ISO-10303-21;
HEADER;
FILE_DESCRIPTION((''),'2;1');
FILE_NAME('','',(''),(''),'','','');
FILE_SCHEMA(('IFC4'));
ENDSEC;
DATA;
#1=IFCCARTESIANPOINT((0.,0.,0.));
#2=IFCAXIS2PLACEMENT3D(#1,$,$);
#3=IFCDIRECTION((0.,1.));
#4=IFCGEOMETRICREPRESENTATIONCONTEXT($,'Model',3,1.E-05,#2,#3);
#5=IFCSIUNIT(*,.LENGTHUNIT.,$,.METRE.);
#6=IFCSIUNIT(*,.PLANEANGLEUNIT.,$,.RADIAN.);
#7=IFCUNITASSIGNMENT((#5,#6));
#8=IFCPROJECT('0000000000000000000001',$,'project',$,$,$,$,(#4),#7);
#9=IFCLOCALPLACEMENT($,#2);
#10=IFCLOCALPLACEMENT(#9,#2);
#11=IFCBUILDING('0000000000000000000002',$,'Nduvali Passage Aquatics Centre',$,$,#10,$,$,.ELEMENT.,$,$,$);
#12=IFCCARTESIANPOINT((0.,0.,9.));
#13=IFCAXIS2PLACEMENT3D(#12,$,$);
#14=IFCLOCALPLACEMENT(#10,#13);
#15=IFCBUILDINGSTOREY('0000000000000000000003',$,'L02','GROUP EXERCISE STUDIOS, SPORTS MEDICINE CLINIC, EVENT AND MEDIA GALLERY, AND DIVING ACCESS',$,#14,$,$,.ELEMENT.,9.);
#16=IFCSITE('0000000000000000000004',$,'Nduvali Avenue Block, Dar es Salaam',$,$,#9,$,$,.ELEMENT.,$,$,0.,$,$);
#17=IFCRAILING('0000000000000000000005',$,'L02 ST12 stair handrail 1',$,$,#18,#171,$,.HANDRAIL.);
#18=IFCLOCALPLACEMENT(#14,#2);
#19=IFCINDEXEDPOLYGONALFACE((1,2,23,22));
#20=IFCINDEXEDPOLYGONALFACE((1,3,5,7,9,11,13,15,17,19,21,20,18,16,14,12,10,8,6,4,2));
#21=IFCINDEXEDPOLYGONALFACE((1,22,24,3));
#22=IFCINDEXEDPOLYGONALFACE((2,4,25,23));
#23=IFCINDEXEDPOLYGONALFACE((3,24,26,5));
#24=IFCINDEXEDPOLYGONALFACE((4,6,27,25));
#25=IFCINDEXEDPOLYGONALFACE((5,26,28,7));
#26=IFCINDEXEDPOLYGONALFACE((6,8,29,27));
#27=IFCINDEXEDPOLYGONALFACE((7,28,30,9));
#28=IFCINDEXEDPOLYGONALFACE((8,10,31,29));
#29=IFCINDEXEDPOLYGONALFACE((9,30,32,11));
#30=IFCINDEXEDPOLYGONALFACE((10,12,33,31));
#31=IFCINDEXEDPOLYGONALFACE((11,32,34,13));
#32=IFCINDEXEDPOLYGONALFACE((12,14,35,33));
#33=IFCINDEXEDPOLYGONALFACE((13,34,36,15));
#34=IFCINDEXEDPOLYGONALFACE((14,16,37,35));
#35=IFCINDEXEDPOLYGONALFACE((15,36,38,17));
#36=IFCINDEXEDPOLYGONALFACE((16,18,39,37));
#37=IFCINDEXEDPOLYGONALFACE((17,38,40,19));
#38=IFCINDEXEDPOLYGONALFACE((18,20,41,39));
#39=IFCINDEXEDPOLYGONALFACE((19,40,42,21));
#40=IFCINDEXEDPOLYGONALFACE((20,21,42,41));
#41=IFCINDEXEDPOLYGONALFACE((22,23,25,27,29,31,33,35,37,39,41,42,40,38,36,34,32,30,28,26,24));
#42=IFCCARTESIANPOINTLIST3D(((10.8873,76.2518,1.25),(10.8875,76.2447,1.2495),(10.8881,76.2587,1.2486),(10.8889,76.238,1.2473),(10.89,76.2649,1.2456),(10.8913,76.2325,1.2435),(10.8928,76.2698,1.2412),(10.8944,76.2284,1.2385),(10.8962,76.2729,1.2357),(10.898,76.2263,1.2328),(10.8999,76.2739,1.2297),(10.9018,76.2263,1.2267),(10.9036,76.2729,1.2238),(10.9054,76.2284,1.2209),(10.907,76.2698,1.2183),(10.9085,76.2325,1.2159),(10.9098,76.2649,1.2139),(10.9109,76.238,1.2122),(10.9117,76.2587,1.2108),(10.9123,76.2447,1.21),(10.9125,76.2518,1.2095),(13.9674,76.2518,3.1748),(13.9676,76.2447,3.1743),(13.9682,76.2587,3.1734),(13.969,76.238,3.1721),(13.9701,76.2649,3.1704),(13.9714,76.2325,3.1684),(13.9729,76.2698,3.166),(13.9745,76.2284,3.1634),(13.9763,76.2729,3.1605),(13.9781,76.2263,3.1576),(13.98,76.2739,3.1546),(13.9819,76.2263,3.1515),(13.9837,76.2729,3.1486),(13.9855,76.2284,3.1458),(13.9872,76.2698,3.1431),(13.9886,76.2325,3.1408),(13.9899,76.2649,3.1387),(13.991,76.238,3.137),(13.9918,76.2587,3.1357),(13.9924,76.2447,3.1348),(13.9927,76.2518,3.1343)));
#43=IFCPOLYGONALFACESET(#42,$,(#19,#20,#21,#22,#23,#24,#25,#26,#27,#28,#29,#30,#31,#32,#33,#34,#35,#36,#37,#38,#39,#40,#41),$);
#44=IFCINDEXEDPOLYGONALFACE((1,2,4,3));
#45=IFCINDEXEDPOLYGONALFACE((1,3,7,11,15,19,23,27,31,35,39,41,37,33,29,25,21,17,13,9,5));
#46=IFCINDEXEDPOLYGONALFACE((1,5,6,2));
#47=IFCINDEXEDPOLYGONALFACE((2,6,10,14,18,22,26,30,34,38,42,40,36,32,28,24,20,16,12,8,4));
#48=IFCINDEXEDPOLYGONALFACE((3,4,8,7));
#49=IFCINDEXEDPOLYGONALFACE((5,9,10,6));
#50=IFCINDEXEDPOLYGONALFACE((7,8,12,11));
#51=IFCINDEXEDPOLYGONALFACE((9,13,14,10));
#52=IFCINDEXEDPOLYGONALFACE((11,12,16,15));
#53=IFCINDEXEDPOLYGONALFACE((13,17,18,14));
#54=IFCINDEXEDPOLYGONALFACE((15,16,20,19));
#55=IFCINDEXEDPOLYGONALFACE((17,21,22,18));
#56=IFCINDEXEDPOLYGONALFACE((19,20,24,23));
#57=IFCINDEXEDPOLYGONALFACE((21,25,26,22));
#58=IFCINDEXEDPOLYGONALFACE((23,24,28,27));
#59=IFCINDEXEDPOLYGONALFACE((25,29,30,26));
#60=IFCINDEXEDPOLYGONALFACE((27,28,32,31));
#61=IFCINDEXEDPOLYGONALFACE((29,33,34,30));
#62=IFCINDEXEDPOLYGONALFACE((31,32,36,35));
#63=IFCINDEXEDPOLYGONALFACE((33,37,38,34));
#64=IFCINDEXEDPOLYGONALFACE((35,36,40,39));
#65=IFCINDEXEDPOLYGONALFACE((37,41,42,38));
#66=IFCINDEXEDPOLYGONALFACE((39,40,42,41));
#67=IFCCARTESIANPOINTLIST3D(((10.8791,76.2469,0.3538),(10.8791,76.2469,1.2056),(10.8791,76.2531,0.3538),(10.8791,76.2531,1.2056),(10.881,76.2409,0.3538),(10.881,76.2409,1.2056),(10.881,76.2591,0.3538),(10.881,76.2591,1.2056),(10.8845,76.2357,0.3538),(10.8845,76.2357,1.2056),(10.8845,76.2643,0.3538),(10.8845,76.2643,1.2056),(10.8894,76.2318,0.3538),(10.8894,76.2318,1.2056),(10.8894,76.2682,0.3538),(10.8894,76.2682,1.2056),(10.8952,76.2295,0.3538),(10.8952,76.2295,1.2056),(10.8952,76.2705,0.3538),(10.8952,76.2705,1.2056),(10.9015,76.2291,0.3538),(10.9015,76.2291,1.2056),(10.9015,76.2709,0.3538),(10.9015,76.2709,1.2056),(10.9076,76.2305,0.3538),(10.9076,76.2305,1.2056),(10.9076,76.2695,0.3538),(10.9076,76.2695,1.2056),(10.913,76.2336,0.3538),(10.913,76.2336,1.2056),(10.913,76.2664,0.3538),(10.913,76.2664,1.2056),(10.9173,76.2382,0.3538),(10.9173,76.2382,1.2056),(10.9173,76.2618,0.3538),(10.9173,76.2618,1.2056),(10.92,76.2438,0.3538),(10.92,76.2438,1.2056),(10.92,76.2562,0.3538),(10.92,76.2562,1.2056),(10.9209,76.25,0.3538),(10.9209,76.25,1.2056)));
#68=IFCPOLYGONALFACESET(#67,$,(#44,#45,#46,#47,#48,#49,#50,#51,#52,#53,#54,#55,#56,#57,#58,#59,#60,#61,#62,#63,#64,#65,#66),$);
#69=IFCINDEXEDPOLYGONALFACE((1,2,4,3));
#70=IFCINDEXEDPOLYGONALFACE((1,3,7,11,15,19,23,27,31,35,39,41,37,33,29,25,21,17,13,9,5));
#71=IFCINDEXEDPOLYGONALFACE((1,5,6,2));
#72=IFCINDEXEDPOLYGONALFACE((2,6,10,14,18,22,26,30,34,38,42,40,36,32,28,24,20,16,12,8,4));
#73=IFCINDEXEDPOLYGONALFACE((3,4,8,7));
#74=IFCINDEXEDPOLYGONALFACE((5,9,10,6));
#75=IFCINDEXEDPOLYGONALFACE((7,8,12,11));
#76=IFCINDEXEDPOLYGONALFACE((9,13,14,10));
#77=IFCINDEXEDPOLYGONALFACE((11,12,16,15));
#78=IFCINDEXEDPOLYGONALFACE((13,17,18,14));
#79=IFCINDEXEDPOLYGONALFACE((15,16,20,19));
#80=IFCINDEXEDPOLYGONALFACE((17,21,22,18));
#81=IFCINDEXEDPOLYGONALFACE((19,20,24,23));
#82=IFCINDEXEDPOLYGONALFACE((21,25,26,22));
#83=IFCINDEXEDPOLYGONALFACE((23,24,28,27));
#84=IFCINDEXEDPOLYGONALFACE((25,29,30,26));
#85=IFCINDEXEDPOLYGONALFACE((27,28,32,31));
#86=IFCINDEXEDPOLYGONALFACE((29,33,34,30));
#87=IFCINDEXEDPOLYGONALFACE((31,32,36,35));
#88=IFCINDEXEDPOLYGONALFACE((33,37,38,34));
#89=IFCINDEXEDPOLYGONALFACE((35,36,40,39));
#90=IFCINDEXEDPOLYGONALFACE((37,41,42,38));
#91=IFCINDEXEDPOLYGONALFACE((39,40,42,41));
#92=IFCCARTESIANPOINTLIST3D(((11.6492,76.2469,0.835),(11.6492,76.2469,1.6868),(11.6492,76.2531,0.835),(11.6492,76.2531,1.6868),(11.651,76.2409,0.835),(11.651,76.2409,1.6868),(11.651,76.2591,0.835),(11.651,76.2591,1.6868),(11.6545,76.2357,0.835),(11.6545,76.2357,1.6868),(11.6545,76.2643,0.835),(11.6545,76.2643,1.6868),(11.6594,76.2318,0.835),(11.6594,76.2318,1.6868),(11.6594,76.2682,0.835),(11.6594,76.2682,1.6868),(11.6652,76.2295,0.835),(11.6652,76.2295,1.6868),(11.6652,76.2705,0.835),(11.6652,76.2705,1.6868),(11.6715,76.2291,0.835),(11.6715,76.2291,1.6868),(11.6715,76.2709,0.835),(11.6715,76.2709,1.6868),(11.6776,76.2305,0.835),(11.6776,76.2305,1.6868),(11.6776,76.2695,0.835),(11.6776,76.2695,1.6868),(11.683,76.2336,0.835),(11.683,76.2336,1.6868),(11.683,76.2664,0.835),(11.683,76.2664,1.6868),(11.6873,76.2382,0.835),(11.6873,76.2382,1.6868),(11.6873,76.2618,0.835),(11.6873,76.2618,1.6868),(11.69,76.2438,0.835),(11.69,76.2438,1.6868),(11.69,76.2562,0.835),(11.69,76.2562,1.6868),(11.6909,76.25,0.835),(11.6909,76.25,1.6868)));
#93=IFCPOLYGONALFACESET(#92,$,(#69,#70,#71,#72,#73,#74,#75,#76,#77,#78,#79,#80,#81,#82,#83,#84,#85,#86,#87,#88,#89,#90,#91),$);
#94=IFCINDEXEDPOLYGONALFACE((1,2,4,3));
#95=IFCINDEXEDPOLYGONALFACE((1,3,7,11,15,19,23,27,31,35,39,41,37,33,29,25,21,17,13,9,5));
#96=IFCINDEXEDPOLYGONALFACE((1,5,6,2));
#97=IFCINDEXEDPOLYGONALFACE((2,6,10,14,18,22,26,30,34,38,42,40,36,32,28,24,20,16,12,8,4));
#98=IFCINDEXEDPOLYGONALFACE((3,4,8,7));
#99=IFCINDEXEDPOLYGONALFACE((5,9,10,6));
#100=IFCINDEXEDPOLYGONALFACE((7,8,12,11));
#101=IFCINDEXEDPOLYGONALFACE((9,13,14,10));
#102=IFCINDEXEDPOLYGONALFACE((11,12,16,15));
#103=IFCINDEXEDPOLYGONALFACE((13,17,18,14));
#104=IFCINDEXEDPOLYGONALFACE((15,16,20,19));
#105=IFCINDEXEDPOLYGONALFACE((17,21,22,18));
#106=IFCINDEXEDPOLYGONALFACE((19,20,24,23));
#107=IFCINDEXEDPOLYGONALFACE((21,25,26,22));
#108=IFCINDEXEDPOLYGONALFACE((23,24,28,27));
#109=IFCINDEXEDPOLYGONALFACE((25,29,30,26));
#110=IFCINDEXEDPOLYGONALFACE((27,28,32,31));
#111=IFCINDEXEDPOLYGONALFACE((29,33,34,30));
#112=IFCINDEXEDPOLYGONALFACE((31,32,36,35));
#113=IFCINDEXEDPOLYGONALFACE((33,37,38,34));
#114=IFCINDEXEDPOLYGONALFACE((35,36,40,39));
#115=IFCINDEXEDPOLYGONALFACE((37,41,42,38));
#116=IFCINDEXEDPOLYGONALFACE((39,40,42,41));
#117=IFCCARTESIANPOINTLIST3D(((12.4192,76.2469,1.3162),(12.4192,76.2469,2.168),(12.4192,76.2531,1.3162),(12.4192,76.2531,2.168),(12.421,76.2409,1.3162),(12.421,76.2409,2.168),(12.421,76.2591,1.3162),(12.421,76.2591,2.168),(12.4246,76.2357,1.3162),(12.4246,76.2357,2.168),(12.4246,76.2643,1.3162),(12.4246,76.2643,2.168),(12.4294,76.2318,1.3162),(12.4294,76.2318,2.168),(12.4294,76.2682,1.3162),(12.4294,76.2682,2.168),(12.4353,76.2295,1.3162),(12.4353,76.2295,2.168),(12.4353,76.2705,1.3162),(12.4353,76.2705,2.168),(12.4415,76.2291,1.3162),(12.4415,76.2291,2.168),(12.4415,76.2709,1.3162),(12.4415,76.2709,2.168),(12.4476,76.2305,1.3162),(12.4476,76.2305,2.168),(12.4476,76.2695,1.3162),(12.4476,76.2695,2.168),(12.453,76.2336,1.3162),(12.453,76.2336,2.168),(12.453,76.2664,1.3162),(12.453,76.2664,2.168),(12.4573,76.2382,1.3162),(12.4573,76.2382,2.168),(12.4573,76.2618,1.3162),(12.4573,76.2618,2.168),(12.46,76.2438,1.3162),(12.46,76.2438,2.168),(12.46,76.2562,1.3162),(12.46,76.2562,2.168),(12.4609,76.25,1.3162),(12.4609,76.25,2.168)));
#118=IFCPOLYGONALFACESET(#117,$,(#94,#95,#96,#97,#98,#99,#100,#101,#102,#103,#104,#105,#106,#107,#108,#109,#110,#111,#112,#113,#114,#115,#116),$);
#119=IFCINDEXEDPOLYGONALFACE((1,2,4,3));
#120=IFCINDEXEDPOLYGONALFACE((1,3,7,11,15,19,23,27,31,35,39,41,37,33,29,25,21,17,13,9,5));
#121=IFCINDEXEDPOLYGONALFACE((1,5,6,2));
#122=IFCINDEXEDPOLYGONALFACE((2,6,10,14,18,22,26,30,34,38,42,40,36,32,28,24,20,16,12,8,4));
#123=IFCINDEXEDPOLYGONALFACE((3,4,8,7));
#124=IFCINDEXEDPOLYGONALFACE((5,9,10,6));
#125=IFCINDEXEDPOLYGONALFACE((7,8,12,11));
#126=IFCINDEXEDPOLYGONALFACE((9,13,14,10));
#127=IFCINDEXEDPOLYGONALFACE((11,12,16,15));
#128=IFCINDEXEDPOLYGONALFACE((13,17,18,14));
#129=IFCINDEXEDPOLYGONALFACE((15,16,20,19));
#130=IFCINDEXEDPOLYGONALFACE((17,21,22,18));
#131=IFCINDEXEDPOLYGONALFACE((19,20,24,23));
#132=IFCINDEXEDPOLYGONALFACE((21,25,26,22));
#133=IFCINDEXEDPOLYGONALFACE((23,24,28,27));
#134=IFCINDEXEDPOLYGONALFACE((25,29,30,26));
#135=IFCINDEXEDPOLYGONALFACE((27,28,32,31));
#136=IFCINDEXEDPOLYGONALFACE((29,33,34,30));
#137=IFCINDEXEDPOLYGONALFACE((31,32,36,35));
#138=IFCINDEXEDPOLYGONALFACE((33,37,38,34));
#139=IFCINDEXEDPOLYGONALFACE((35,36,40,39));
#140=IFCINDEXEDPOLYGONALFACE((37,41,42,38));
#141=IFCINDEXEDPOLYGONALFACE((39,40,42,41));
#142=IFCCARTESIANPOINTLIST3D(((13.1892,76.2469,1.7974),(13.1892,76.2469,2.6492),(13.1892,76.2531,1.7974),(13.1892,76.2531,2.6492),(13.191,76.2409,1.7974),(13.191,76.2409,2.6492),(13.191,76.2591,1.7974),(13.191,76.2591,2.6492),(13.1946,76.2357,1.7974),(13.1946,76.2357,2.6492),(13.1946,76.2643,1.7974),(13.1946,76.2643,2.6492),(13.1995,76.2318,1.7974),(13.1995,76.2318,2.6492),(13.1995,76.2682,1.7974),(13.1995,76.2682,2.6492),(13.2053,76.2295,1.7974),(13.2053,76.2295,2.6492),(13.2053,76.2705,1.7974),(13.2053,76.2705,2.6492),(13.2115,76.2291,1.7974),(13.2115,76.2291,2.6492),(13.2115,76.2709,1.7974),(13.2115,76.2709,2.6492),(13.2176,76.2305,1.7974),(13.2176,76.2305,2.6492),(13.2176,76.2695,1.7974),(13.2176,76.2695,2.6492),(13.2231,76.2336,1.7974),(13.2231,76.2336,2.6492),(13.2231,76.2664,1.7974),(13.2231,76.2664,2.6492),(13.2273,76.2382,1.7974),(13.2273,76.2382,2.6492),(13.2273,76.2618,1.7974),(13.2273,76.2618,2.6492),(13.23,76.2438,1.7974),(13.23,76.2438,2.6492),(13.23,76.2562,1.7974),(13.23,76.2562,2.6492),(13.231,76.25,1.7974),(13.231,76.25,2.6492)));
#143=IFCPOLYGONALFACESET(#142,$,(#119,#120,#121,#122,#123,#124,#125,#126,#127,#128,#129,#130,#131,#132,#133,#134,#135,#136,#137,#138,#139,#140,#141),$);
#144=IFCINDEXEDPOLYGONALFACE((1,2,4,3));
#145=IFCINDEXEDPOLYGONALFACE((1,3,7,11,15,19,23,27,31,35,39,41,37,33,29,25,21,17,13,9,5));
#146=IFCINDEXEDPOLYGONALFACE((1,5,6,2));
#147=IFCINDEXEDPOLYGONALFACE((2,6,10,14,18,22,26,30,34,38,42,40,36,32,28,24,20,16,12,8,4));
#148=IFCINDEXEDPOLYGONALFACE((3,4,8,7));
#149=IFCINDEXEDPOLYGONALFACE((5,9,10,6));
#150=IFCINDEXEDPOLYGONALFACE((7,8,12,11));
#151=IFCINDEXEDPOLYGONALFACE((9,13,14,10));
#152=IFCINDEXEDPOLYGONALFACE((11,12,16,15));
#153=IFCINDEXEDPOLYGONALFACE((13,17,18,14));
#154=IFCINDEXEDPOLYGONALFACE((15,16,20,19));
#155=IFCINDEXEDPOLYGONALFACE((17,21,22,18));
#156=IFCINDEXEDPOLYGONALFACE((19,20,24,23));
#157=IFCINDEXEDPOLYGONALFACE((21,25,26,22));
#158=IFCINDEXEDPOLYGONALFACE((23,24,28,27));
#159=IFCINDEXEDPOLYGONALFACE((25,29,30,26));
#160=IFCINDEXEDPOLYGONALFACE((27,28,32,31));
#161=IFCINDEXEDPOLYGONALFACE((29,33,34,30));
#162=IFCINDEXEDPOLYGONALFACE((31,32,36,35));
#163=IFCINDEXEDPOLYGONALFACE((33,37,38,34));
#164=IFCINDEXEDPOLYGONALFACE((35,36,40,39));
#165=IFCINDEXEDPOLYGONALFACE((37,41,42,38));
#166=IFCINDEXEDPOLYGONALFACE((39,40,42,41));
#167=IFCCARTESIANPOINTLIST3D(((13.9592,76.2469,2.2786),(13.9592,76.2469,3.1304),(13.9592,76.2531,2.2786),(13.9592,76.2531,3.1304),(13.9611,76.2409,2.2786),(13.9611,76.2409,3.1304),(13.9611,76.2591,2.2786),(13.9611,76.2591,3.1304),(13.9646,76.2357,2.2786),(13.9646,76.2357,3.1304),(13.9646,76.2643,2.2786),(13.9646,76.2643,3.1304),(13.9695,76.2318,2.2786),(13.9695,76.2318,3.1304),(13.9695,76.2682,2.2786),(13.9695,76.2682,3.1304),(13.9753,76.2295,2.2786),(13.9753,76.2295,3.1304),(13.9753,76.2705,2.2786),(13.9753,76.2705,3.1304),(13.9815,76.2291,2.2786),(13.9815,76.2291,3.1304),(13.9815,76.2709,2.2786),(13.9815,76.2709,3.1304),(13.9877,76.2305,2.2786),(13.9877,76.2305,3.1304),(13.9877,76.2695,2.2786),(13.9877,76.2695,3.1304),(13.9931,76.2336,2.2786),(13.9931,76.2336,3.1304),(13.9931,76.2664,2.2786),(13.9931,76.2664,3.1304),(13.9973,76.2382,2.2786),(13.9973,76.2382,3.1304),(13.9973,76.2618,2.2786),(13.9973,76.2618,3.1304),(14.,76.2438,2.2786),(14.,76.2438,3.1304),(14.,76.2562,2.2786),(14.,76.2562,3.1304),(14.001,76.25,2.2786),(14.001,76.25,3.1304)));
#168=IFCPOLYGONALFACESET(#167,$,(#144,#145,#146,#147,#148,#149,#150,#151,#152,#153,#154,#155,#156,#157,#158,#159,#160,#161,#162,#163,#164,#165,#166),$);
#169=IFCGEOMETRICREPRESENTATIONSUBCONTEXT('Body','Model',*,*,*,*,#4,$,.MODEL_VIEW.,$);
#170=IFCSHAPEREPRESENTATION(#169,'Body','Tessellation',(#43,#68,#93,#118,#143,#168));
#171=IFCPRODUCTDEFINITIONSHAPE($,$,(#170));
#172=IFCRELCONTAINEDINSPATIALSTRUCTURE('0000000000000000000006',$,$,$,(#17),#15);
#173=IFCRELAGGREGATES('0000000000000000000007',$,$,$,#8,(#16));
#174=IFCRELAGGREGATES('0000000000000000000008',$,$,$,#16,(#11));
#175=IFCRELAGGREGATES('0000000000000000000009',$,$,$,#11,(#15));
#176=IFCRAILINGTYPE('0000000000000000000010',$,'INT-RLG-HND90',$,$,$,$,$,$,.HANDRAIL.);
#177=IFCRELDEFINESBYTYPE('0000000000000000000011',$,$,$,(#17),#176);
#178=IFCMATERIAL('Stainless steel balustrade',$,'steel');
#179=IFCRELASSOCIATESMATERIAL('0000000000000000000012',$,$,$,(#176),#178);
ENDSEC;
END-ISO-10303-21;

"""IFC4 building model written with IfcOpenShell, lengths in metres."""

from ifc_helpers import new_model, si_unit, direction, frame, origin, origin_2d, place, context, subcontext, project, spatial, circle, extrude, material, type_object, element, save


model = new_model("IFC4")

# Units and contexts
model_context = context("Model", 3, precision=1e-05, world=origin(), true_north=direction((0.0, 1.0)))
body_context = subcontext(model_context, "Body", "Model", "MODEL_VIEW")
ifc_project = project(units=[si_unit("LENGTHUNIT", "METRE"), si_unit("PLANEANGLEUNIT", "RADIAN")], contexts=[model_context])

# Site, building, storey
site_placement = place(None, origin())
site = spatial("IfcSite", under=ifc_project, at=site_placement, Name="Nduvali Avenue Block, Dar es Salaam", CompositionType="ELEMENT", RefElevation=0.0)
building_placement = place(site_placement, origin())
building = spatial("IfcBuilding", under=site, at=building_placement, Name="Nduvali Passage Aquatics Centre", CompositionType="ELEMENT")
storey_placement = place(building_placement, frame((0.0, 0.0, 9.0)))
storey = spatial("IfcBuildingStorey", under=building, at=storey_placement, Name="L02", Description="GROUP EXERCISE STUDIOS, SPORTS MEDICINE CLINIC, EVENT AND MEDIA GALLERY, AND DIVING ACCESS", CompositionType="ELEMENT", Elevation=9.0)

# Railing
ifc_material_1 = material(Name="Stainless steel balustrade", Category="steel")
railing_type_1 = type_object("IfcRailingType", Name="INT-RLG-HND90", PredefinedType="HANDRAIL", material=ifc_material_1)
railing_1_placement = place(storey_placement, frame((10.8999, 76.25, 0.3538)))
element("IfcRailing", 1, at=railing_1_placement, inside=storey, type_object=railing_type_1, Name="L02 ST12 stair handrail 1", PredefinedType="HANDRAIL", context=body_context, shape_type="SweptSolid", body=[
    extrude(circle(Radius=0.0239, at=origin_2d()), frame((0.0, 0.0, 0.876), z_axis=(0.848029, 0.0, 0.529951), x_axis=(0.0, 1.0, 0.0)), (0.0, 0.0, 1.0), 3.6321),
    extrude(circle(Radius=0.021, at=origin_2d()), origin(), (0.0, 0.0, 1.0), 0.8518),
    extrude(circle(Radius=0.021, at=origin_2d()), frame((0.77, 0.0, 0.4812)), (0.0, 0.0, 1.0), 0.8518),
    extrude(circle(Radius=0.021, at=origin_2d()), frame((1.54, 0.0, 0.9624)), (0.0, 0.0, 1.0), 0.8518),
    extrude(circle(Radius=0.021, at=origin_2d()), frame((2.3101, 0.0, 1.4436)), (0.0, 0.0, 1.0), 0.8518),
    extrude(circle(Radius=0.021, at=origin_2d()), frame((3.0801, 0.0, 1.9248)), (0.0, 0.0, 1.0), 0.8518),
])

save(model, "model.ifc")
